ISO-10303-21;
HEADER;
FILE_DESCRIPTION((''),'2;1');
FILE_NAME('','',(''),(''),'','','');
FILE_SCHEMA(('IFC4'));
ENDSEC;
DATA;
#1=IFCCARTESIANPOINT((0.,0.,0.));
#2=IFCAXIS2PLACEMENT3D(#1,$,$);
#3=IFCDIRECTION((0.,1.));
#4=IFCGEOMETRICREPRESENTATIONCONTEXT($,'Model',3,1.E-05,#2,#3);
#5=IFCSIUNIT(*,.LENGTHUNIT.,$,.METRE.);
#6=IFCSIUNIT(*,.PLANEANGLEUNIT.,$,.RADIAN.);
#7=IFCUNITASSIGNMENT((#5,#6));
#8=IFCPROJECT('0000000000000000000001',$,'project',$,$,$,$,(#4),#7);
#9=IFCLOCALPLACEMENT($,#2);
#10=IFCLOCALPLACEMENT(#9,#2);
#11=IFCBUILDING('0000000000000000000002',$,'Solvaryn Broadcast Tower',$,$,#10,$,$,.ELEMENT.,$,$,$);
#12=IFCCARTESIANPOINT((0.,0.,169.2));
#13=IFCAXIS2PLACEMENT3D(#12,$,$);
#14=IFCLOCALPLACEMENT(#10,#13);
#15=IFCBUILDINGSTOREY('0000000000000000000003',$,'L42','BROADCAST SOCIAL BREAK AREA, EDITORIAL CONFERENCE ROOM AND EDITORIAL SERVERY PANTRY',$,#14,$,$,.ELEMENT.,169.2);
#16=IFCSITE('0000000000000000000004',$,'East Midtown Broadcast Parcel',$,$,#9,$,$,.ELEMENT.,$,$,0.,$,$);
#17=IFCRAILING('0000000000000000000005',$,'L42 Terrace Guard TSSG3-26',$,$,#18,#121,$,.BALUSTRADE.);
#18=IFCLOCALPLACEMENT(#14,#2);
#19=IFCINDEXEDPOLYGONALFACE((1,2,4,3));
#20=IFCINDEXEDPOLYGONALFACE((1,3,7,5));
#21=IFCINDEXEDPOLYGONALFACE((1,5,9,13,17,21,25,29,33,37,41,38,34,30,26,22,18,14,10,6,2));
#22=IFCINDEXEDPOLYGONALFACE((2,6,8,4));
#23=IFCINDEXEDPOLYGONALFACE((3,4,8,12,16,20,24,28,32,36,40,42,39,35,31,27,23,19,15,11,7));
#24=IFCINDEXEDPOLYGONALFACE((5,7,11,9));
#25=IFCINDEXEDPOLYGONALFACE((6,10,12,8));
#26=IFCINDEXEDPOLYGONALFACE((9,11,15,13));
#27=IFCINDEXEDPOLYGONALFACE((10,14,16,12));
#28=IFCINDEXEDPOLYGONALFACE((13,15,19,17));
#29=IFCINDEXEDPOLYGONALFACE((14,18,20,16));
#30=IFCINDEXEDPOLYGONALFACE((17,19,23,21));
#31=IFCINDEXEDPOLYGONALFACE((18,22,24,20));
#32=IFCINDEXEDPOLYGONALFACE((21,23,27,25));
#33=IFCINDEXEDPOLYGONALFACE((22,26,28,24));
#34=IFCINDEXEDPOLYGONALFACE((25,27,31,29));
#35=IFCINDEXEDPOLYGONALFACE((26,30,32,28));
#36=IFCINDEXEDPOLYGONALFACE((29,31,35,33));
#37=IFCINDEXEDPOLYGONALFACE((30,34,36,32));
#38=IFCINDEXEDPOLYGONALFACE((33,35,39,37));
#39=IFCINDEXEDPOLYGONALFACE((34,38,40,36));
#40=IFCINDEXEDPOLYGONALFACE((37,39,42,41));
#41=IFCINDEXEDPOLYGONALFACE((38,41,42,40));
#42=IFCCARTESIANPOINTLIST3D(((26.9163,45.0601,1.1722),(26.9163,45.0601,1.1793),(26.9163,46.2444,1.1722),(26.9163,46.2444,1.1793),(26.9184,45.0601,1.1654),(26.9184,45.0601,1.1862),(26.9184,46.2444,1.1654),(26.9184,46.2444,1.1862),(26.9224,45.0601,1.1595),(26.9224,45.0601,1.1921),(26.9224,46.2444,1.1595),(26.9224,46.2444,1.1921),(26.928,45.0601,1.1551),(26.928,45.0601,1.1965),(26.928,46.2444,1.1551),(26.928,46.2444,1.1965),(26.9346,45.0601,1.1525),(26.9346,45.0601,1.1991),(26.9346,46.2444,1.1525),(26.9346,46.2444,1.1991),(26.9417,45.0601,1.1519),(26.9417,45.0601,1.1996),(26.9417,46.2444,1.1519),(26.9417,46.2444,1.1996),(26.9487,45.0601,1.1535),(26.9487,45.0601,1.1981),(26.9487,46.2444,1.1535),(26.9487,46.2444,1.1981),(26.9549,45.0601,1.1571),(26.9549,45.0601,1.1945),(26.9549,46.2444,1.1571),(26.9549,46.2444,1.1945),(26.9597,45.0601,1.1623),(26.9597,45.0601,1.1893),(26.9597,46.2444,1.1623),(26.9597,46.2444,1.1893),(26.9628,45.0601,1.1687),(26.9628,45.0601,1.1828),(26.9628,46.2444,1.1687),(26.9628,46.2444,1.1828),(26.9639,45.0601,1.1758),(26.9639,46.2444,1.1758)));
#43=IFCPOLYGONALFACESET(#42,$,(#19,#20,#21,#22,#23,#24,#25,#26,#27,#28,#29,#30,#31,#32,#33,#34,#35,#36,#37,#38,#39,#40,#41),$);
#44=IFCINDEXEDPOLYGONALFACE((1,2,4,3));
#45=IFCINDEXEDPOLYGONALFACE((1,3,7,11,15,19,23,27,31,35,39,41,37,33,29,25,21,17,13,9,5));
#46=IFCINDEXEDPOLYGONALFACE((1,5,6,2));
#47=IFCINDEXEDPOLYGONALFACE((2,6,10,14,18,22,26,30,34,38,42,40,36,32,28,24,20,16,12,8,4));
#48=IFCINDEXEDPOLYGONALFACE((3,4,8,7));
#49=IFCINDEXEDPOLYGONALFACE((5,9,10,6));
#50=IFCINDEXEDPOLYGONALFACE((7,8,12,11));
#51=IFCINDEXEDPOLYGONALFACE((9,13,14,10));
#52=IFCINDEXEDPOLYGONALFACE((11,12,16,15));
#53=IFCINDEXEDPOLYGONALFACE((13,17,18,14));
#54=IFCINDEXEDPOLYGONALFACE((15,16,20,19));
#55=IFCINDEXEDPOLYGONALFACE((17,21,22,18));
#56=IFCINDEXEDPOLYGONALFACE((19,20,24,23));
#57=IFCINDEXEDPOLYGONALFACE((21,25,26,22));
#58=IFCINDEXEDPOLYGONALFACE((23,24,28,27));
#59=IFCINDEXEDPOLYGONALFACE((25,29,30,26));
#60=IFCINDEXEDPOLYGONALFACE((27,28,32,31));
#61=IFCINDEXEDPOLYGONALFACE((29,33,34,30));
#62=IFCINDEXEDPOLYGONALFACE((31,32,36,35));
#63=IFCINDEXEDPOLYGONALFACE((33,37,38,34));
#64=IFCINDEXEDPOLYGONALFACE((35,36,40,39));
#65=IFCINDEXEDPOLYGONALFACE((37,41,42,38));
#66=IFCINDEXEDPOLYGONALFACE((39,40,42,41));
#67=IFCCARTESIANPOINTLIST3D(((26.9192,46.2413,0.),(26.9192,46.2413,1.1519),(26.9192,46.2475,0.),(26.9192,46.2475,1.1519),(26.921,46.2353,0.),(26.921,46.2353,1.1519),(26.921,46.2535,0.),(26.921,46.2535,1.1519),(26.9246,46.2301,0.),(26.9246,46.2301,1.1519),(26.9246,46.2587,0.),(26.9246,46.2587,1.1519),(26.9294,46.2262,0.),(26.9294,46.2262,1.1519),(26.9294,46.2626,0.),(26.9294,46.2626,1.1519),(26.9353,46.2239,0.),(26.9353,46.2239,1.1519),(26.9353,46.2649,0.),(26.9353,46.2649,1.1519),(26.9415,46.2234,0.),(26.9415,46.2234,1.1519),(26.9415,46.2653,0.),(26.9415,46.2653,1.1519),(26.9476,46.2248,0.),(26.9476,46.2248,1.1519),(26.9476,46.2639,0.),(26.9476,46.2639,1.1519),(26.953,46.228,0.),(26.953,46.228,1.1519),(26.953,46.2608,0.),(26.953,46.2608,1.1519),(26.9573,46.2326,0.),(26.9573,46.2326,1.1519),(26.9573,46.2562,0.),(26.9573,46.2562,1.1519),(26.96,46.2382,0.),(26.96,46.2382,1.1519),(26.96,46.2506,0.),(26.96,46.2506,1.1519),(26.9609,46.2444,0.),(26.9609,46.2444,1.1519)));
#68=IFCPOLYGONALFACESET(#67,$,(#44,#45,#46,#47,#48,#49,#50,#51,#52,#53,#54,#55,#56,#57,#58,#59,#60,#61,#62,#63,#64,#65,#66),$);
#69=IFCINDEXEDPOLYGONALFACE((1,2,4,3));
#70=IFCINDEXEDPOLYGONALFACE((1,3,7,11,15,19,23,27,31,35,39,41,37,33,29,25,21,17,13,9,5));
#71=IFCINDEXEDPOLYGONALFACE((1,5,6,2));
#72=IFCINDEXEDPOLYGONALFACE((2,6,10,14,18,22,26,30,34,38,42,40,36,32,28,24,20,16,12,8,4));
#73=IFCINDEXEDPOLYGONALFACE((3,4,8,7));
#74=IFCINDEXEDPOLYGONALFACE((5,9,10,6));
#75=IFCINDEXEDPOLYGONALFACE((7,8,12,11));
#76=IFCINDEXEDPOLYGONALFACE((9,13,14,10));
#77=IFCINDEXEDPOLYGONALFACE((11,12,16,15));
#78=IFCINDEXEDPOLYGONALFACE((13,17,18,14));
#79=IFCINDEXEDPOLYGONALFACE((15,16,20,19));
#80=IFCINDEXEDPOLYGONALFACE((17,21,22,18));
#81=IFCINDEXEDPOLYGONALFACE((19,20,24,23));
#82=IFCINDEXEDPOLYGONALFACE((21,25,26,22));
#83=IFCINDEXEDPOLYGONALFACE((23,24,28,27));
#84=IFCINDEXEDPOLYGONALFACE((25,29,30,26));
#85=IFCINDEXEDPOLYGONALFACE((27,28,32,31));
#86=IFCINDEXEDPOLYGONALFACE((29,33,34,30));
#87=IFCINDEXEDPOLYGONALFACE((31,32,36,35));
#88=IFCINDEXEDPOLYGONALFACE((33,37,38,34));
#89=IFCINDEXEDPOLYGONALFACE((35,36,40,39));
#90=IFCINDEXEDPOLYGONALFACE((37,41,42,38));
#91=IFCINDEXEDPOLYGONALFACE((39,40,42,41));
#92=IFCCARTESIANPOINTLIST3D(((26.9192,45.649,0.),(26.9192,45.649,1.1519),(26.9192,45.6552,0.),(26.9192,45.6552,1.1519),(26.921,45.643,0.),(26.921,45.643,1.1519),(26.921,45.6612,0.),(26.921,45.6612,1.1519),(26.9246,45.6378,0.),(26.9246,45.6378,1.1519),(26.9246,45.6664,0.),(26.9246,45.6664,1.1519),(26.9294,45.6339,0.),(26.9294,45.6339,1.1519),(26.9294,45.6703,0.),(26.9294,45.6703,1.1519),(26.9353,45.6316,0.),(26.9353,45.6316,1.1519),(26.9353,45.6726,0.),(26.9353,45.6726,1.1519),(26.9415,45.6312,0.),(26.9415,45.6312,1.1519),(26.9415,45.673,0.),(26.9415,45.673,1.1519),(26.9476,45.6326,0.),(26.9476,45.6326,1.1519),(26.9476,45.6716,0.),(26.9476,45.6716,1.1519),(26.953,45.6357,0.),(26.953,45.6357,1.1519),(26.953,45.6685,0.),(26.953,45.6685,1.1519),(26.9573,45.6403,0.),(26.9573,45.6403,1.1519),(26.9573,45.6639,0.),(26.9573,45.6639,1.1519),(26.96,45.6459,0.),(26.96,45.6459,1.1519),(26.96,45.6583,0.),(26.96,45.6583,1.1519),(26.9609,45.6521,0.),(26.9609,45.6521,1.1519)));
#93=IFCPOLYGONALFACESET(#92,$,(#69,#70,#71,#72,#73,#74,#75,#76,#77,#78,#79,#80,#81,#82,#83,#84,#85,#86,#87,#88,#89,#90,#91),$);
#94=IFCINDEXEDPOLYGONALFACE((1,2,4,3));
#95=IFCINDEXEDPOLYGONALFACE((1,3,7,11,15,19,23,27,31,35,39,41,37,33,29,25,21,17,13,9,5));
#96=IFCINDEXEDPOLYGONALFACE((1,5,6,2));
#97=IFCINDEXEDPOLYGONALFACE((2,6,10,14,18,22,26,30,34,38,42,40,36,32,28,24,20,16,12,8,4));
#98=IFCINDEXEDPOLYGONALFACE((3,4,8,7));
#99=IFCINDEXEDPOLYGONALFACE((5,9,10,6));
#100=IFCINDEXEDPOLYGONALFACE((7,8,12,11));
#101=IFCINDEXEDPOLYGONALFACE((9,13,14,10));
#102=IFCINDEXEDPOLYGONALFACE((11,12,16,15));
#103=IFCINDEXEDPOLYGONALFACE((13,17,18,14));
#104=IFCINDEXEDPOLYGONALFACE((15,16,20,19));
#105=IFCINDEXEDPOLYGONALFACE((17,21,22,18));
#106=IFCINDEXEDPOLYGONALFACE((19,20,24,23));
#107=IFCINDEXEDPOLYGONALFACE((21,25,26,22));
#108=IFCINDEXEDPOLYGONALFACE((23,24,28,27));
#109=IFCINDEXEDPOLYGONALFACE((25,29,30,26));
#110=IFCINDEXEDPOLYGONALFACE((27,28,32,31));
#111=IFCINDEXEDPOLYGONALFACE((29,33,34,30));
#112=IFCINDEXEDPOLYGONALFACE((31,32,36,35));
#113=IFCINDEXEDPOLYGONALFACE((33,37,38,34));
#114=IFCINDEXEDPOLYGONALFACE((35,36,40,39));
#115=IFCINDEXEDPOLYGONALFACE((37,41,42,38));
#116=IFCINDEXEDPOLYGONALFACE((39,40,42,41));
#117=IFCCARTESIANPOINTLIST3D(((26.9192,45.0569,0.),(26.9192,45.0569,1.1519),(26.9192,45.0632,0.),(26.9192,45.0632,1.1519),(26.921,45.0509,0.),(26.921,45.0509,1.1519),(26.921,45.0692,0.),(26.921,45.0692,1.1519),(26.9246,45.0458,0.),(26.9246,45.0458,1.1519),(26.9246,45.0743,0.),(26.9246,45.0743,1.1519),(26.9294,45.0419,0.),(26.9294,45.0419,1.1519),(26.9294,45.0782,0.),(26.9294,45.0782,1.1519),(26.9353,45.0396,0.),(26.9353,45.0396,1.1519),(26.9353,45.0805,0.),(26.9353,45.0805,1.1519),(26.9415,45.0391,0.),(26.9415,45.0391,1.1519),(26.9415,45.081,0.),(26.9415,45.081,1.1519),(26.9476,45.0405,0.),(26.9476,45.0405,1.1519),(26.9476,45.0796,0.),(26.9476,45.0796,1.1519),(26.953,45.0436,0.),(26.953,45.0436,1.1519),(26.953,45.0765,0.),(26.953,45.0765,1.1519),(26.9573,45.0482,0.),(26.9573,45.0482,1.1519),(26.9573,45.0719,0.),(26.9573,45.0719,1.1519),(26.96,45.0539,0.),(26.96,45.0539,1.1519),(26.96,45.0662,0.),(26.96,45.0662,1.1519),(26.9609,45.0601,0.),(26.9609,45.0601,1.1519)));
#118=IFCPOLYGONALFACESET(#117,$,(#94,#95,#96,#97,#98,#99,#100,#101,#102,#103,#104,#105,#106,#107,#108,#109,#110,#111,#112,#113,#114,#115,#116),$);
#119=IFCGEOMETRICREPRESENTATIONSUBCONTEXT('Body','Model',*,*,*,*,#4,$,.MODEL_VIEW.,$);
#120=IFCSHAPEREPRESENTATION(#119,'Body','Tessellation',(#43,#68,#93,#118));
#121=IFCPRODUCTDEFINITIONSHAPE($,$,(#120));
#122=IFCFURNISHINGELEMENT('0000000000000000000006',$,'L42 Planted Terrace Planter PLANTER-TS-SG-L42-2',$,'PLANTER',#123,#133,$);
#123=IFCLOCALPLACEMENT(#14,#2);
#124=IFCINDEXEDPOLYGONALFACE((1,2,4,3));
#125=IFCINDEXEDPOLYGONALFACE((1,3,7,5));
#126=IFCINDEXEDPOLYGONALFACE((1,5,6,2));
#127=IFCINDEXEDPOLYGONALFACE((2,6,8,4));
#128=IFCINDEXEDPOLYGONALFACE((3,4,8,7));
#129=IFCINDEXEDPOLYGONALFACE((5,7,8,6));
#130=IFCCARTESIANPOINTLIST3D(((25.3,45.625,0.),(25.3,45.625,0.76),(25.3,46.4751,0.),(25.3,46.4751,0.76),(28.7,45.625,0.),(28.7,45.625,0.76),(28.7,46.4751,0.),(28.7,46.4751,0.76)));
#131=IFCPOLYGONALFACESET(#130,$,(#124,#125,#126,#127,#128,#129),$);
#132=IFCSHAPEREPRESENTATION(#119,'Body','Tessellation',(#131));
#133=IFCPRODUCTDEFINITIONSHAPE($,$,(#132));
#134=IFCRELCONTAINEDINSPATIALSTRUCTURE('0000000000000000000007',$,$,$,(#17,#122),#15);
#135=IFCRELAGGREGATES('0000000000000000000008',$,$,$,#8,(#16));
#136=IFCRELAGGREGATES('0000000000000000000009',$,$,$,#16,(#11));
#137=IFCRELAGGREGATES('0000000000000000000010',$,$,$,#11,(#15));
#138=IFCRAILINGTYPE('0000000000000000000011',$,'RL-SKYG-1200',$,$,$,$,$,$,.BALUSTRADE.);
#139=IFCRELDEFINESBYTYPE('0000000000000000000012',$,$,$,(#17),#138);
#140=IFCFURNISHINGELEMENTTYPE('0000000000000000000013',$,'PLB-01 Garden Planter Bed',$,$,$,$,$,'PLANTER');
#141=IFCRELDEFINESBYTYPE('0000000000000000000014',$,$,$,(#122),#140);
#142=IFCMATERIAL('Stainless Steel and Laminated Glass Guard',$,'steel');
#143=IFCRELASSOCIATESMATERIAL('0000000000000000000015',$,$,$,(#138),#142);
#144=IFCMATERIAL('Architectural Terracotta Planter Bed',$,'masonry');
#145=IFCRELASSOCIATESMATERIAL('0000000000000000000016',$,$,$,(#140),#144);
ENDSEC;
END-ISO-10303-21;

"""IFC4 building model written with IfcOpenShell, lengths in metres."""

from ifc_helpers import new_model, si_unit, direction, frame, origin, origin_2d, place, context, subcontext, project, spatial, rectangle, circle, extrude, material, type_object, element, save


model = new_model("IFC4")

# Units and contexts
model_context = context("Model", 3, precision=1e-05, world=origin(), true_north=direction((0.0, 1.0)))
body_context = subcontext(model_context, "Body", "Model", "MODEL_VIEW")
ifc_project = project(units=[si_unit("LENGTHUNIT", "METRE"), si_unit("PLANEANGLEUNIT", "RADIAN")], contexts=[model_context])

# Site, building, storey
site_placement = place(None, origin())
site = spatial("IfcSite", under=ifc_project, at=site_placement, Name="East Midtown Broadcast Parcel", CompositionType="ELEMENT", RefElevation=0.0)
building_placement = place(site_placement, origin())
building = spatial("IfcBuilding", under=site, at=building_placement, Name="Solvaryn Broadcast Tower", CompositionType="ELEMENT")
storey_placement = place(building_placement, frame((0.0, 0.0, 169.2)))
storey = spatial("IfcBuildingStorey", under=building, at=storey_placement, Name="L42", Description="BROADCAST SOCIAL BREAK AREA, EDITORIAL CONFERENCE ROOM AND EDITORIAL SERVERY PANTRY", CompositionType="ELEMENT", Elevation=169.2)

# Railing
ifc_material_1 = material(Name="Stainless Steel and Laminated Glass Guard", Category="steel")
railing_type = type_object("IfcRailingType", Name="RL-SKYG-1200", PredefinedType="BALUSTRADE", material=ifc_material_1)
railing_1_placement = place(storey_placement, frame((26.9399, 46.2444, 0.0)))
element("IfcRailing", 1, at=railing_1_placement, inside=storey, type_object=railing_type, Name="L42 Terrace Guard TSSG3-26", PredefinedType="BALUSTRADE", context=body_context, shape_type="SweptSolid", body=[
    extrude(circle(Radius=0.0239, at=origin_2d()), frame((0.0, 0.0, 1.1758), z_axis=(0.0, -1.0, 0.0), x_axis=(1.0, 0.0, 0.0)), (0.0, 0.0, 1.0), 1.1843),
    extrude(circle(Radius=0.021, at=origin_2d()), origin(), (0.0, 0.0, 1.0), 1.1519),
    extrude(circle(Radius=0.021, at=origin_2d()), frame((0.0, -0.5923, 0.0)), (0.0, 0.0, 1.0), 1.1519),
    extrude(circle(Radius=0.021, at=origin_2d()), frame((0.0, -1.1843, 0.0)), (0.0, 0.0, 1.0), 1.1519),
])

# Furnishing element
ifc_material_2 = material(Name="Architectural Terracotta Planter Bed", Category="masonry")
furnishing_element_type = type_object("IfcFurnishingElementType", Name="PLB-01 Garden Planter Bed", ElementType="PLANTER", material=ifc_material_2)
furnishing_placement = place(storey_placement, frame((27.0, 46.05, 0.0), z_axis=(0.0, 0.0, 1.0), x_axis=(1.0, 0.0, 0.0)))
element("IfcFurnishingElement", 2, at=furnishing_placement, inside=storey, type_object=furnishing_element_type, Name="L42 Planted Terrace Planter PLANTER-TS-SG-L42-2", ObjectType="PLANTER", context=body_context, shape_type="SweptSolid", body=[
    extrude(rectangle(XDim=3.3999, YDim=0.8501, at=origin_2d()), origin(), (0.0, 0.0, 1.0), 0.76),
])

save(model, "model.ifc")
